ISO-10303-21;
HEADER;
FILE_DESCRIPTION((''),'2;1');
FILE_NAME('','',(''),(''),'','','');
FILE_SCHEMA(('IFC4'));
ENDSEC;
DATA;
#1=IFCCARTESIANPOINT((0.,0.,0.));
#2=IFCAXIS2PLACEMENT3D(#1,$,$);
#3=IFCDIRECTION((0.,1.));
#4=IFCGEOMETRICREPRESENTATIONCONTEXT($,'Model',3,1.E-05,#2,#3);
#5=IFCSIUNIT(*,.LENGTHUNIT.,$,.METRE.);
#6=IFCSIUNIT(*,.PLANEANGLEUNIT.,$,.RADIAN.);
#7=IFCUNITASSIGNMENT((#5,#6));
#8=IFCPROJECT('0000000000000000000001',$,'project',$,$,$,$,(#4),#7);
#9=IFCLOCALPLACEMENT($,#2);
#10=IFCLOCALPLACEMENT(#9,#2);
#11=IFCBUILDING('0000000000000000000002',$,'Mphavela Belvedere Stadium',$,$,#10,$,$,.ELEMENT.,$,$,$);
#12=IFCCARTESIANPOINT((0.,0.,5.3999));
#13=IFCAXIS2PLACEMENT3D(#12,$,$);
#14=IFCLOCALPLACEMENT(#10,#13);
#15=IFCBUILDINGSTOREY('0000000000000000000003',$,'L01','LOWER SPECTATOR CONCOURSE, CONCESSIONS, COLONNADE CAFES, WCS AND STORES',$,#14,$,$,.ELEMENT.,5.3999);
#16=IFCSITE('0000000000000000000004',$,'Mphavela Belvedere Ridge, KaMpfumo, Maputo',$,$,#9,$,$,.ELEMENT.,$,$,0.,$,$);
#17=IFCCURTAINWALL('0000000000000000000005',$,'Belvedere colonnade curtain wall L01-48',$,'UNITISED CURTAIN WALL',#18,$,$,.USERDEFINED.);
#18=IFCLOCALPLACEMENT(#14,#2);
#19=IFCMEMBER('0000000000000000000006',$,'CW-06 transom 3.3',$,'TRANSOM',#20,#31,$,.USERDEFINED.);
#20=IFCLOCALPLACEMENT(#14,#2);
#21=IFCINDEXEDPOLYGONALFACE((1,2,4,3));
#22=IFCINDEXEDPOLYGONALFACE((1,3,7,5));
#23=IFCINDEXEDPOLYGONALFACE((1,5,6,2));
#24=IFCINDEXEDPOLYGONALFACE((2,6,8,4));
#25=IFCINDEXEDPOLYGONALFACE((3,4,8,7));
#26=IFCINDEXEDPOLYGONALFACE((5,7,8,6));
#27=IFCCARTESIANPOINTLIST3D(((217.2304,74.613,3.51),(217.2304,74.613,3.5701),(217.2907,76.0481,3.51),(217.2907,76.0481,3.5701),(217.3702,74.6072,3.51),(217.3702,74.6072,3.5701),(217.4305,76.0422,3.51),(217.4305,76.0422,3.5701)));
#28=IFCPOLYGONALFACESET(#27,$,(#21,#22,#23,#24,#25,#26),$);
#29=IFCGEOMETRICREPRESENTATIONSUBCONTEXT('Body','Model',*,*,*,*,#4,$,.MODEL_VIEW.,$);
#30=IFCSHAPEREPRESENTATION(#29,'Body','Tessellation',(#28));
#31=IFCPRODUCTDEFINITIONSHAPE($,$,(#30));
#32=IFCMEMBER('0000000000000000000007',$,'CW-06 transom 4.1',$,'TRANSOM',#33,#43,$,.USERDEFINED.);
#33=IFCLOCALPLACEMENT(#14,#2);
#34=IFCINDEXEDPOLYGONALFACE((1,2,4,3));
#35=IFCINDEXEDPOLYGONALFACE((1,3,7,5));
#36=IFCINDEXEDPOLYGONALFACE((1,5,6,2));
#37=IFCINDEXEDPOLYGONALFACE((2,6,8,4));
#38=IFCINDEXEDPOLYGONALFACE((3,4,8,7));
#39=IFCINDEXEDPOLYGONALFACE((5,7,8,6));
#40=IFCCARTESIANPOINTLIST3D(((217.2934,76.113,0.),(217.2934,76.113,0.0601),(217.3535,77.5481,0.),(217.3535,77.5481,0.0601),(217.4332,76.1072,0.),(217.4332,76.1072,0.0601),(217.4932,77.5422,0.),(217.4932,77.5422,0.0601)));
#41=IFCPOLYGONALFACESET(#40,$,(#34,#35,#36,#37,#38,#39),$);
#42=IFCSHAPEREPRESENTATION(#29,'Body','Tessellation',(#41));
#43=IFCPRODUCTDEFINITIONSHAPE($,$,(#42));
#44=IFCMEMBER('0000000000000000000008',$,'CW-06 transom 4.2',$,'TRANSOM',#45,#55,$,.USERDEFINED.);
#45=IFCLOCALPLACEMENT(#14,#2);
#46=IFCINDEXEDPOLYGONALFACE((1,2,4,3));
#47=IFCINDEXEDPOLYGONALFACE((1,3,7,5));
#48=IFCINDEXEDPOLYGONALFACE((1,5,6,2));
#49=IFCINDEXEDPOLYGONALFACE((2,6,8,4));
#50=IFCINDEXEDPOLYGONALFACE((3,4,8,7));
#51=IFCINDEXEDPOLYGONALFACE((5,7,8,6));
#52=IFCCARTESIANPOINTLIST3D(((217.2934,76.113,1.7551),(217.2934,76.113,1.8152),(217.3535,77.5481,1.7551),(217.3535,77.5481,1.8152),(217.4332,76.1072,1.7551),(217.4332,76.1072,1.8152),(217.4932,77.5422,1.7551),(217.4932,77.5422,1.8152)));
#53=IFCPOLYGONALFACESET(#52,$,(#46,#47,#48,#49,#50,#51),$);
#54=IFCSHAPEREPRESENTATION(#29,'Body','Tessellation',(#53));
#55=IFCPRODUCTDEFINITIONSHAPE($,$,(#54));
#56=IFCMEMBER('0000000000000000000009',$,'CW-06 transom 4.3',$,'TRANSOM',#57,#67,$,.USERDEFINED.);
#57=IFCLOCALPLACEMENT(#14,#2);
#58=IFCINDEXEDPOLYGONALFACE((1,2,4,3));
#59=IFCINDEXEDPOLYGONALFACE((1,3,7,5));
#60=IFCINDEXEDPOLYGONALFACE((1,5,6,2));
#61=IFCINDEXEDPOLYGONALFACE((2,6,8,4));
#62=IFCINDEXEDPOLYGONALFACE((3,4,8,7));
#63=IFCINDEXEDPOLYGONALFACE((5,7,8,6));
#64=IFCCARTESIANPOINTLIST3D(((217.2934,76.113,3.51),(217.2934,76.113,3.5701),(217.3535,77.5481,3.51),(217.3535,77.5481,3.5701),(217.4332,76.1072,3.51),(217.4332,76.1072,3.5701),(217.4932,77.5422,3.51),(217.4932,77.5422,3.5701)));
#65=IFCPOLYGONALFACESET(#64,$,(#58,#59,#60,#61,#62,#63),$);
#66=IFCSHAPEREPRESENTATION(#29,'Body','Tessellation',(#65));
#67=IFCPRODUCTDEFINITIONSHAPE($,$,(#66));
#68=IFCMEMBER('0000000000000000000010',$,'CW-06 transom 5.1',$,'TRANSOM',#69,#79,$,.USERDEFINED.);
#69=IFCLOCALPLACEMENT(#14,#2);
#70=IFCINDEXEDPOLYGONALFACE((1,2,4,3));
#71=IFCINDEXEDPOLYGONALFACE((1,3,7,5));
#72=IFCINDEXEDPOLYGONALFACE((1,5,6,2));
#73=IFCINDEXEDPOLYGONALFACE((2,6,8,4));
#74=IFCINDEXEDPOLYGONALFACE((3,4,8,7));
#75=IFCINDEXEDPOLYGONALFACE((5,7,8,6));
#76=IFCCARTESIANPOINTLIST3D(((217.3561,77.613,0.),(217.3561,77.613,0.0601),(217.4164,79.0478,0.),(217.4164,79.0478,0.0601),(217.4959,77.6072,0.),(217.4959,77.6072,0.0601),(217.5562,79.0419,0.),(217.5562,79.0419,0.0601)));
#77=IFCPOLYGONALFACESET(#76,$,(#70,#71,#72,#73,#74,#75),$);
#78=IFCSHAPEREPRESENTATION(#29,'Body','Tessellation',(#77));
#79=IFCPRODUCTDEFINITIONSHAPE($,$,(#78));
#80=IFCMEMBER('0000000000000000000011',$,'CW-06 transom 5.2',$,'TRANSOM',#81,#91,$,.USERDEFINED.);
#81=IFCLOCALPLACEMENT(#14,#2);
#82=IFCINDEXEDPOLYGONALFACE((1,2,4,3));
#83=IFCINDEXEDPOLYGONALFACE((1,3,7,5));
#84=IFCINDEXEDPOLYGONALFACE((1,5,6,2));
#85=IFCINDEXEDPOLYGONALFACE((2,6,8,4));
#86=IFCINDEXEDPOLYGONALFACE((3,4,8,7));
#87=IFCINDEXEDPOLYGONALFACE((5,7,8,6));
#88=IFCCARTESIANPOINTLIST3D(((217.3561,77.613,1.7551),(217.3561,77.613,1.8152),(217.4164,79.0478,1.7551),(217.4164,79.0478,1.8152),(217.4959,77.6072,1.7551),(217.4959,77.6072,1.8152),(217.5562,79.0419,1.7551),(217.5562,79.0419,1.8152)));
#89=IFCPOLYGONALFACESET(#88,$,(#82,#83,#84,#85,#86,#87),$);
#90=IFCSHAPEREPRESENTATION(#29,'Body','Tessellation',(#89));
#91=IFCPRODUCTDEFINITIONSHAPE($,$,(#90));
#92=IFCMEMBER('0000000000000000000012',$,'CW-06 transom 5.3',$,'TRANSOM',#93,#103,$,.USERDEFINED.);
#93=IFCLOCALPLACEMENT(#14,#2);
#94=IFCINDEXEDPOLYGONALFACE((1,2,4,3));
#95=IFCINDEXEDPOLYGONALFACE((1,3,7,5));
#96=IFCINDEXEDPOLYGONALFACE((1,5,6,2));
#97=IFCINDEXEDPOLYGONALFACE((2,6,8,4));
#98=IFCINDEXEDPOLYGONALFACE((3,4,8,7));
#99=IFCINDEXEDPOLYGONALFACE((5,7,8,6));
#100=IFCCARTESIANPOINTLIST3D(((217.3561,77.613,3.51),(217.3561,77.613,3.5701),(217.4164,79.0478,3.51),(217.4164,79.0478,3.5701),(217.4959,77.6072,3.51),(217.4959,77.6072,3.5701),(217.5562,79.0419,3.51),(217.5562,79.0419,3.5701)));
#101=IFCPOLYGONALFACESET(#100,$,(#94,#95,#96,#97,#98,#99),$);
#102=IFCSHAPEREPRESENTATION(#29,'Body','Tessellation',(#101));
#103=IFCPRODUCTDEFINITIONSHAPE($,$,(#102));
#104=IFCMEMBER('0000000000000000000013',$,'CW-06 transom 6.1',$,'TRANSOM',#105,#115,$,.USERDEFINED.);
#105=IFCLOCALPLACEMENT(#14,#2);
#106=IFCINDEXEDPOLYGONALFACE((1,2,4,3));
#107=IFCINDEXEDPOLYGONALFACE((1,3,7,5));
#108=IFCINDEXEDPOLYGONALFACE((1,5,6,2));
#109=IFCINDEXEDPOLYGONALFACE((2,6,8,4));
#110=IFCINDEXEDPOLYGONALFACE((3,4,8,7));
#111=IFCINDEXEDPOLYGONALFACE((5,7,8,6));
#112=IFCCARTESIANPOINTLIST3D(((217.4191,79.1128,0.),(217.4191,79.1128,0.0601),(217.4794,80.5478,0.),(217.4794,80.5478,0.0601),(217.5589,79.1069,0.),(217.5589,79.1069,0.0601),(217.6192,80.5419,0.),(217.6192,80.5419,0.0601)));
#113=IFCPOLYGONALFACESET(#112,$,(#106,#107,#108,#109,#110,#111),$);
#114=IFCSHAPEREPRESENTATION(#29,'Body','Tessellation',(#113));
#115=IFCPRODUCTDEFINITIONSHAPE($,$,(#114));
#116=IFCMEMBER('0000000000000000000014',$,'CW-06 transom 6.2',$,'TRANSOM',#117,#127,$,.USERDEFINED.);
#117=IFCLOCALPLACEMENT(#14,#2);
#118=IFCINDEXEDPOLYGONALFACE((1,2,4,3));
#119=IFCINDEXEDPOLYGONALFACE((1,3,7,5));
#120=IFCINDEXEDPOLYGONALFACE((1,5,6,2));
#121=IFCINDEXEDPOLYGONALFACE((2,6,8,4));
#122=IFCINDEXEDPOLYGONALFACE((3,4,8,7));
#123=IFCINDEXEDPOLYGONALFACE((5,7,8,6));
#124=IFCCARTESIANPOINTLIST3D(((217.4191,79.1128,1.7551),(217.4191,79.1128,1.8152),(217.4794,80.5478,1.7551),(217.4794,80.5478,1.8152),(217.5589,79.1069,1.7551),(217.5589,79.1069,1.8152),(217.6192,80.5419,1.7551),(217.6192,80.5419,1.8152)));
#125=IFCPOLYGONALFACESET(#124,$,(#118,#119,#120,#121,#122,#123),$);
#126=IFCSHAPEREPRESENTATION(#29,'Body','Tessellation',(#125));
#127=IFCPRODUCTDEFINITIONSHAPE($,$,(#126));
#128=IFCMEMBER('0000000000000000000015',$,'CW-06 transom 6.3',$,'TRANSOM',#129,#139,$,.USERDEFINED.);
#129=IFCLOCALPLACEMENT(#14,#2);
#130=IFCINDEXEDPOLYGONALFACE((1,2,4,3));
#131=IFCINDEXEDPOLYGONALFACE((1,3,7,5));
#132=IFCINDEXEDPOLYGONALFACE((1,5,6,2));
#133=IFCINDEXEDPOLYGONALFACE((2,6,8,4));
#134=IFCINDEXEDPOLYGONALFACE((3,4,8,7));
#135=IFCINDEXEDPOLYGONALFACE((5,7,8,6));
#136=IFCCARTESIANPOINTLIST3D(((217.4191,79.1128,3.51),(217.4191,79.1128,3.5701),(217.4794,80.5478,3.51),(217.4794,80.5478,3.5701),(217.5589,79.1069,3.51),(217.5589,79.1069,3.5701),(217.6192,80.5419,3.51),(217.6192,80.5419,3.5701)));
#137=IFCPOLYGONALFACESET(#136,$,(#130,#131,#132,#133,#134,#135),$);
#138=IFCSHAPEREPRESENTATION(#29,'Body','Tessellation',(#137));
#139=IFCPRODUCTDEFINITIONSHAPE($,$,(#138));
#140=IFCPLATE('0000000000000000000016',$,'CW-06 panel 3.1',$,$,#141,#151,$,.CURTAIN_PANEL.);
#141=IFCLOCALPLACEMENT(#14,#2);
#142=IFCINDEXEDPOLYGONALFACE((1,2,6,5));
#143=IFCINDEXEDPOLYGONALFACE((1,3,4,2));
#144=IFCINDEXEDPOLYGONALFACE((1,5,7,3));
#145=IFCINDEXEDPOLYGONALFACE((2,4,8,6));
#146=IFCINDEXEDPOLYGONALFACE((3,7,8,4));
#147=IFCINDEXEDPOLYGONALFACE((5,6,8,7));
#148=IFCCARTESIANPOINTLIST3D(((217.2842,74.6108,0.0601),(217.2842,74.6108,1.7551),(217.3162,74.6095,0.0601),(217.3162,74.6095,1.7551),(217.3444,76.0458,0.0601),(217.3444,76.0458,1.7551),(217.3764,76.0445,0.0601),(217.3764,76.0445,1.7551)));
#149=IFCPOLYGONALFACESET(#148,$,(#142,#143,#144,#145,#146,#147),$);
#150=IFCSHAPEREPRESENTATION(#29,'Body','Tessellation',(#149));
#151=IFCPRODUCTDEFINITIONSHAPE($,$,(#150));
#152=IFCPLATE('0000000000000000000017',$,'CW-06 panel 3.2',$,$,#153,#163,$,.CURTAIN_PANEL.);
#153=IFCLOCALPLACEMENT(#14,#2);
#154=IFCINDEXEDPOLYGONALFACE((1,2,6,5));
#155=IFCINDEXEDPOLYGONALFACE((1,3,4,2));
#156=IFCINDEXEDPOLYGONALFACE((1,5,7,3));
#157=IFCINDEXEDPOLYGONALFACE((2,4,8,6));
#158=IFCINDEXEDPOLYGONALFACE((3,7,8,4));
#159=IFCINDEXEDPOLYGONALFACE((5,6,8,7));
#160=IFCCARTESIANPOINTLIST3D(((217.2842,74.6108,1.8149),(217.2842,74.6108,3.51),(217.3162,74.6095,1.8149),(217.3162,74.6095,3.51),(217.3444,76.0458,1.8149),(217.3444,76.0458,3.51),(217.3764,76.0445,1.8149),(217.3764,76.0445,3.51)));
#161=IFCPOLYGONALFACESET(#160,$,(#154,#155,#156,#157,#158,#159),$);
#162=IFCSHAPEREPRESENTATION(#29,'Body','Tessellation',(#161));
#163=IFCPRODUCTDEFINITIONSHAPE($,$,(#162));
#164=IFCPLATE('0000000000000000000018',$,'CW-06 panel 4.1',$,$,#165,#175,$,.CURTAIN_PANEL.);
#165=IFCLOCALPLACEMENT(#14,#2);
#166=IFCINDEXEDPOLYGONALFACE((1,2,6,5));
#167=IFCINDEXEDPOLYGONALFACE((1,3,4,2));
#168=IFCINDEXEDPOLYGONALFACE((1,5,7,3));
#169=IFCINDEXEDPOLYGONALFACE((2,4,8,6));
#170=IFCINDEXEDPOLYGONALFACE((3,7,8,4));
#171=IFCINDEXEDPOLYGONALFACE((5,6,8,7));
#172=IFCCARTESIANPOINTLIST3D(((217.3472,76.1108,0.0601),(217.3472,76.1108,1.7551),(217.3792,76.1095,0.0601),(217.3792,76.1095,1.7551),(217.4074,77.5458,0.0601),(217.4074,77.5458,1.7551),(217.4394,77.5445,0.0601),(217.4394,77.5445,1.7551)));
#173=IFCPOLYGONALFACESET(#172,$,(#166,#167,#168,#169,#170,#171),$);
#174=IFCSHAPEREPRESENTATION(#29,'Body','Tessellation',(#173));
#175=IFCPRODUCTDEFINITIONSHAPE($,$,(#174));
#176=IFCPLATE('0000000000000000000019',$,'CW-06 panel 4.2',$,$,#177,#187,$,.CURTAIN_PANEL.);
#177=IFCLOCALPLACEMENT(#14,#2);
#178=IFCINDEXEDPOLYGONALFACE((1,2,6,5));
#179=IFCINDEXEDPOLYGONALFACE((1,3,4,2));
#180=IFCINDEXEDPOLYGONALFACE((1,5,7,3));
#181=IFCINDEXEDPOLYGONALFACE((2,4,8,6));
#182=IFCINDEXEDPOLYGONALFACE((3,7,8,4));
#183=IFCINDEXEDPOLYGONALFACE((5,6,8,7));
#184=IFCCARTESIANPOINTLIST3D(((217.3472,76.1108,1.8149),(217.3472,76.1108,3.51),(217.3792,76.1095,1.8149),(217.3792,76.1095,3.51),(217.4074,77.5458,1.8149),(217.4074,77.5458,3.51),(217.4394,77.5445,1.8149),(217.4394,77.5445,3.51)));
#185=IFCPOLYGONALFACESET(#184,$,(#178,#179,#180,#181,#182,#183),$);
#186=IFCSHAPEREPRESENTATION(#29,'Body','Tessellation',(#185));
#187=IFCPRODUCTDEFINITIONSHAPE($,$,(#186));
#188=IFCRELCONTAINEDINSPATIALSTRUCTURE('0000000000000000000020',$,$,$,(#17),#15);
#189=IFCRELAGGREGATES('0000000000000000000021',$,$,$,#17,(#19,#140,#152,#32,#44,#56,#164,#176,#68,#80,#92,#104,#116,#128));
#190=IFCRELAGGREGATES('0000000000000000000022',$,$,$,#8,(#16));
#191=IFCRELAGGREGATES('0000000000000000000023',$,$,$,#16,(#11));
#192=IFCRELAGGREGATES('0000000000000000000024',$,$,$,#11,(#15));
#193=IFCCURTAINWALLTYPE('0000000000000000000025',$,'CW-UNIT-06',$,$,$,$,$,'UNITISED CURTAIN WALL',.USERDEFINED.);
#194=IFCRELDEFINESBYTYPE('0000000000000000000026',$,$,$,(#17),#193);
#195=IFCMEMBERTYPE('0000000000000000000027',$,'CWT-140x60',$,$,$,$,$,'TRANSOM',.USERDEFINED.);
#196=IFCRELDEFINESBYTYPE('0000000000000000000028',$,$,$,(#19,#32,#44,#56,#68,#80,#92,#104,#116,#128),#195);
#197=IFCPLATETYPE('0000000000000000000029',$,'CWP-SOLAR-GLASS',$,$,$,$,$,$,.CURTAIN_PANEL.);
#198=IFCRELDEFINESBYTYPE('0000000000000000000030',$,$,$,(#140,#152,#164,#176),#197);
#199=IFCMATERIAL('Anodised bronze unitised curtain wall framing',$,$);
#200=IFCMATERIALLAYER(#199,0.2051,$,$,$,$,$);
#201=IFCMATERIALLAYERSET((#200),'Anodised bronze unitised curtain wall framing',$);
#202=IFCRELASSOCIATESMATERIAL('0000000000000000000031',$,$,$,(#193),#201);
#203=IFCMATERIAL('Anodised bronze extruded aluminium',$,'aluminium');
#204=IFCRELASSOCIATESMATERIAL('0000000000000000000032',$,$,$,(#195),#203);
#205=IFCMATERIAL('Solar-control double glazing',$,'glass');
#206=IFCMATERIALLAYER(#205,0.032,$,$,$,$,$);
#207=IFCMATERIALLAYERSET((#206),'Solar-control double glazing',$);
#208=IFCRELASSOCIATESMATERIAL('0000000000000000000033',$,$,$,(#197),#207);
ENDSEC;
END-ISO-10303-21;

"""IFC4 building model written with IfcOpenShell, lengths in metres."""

from ifc_helpers import new_model, si_unit, direction, frame, origin, origin_2d, place, context, subcontext, project, spatial, rectangle, extrude, material, layer, layer_set, material_profile, profile_set, type_object, element, aggregate, save


model = new_model("IFC4")

# Units and contexts
model_context = context("Model", 3, precision=1e-05, world=origin(), true_north=direction((0.0, 1.0)))
body_context = subcontext(model_context, "Body", "Model", "MODEL_VIEW")
ifc_project = project(units=[si_unit("LENGTHUNIT", "METRE"), si_unit("PLANEANGLEUNIT", "RADIAN")], contexts=[model_context])

# Site, building, storey
site_placement = place(None, origin())
site = spatial("IfcSite", under=ifc_project, at=site_placement, Name="Mphavela Belvedere Ridge, KaMpfumo, Maputo", CompositionType="ELEMENT", RefElevation=0.0)
building_placement = place(site_placement, origin())
building = spatial("IfcBuilding", under=site, at=building_placement, Name="Mphavela Belvedere Stadium", CompositionType="ELEMENT")
storey_placement = place(building_placement, frame((0.0, 0.0, 5.3999)))
storey = spatial("IfcBuildingStorey", under=building, at=storey_placement, Name="L01", Description="LOWER SPECTATOR CONCOURSE, CONCESSIONS, COLONNADE CAFES, WCS AND STORES", CompositionType="ELEMENT", Elevation=5.3999)

# Curtain wall, members, plates
ifc_material_1 = material(Name="Anodised bronze unitised curtain wall framing")
ifc_layer_1 = layer(ifc_material_1, 0.2051)
ifc_layer_set_1 = layer_set([ifc_layer_1], Name="Anodised bronze unitised curtain wall framing")
curtain_wall_type = type_object("IfcCurtainWallType", Name="CW-UNIT-06", ElementType="UNITISED CURTAIN WALL", PredefinedType="USERDEFINED", material=ifc_layer_set_1)
curtain_wall_placement = place(storey_placement, origin())
curtain_wall = element("IfcCurtainWall", 1, at=curtain_wall_placement, inside=storey, type_object=curtain_wall_type, Name="Belvedere colonnade curtain wall L01-48", ObjectType="UNITISED CURTAIN WALL", PredefinedType="USERDEFINED")
ifc_material_2 = material(Name="Anodised bronze extruded aluminium", Category="aluminium")
ifc_material_profile_1 = material_profile(ifc_material_2, rectangle(XDim=0.1399, YDim=0.0601, at=origin_2d()), Name="CW-TRN 140x60")
ifc_profile_set_1 = profile_set([ifc_material_profile_1], Name="Anodised bronze extruded aluminium")
member_type_1 = type_object("IfcMemberType", Name="CWT-140x60", ElementType="TRANSOM", PredefinedType="USERDEFINED", material=ifc_profile_set_1)
member_1_placement = place(storey_placement, frame((217.3003, 74.6101, 3.54), z_axis=(0.041984, 0.999118, 0.0), x_axis=(-0.999118, 0.041984, 0.0)))
member_1 = element("IfcMember", 2, at=member_1_placement, type_object=member_type_1, Name="CW-06 transom 3.3", ObjectType="TRANSOM", PredefinedType="USERDEFINED", context=body_context, shape_type="SweptSolid", body=[
    extrude(rectangle(XDim=0.1399, YDim=0.0601, at=origin_2d()), origin(), (0.0, 0.0, 1.0), 1.4363),
])
member_2_placement = place(storey_placement, frame((217.3633, 76.1101, 0.03), z_axis=(0.041814, 0.999125, 0.0), x_axis=(-0.999125, 0.041814, 0.0)))
member_2 = element("IfcMember", 3, at=member_2_placement, type_object=member_type_1, Name="CW-06 transom 4.1", ObjectType="TRANSOM", PredefinedType="USERDEFINED", context=body_context, shape_type="SweptSolid", body=[
    extrude(rectangle(XDim=0.1399, YDim=0.0601, at=origin_2d()), origin(), (0.0, 0.0, 1.0), 1.4363),
])
member_3_placement = place(storey_placement, frame((217.3633, 76.1101, 1.7852), z_axis=(0.041814, 0.999125, 0.0), x_axis=(-0.999125, 0.041814, 0.0)))
member_3 = element("IfcMember", 4, at=member_3_placement, type_object=member_type_1, Name="CW-06 transom 4.2", ObjectType="TRANSOM", PredefinedType="USERDEFINED", context=body_context, shape_type="SweptSolid", body=[
    extrude(rectangle(XDim=0.1399, YDim=0.0601, at=origin_2d()), origin(), (0.0, 0.0, 1.0), 1.4363),
])
member_4_placement = place(storey_placement, frame((217.3633, 76.1101, 3.54), z_axis=(0.041814, 0.999125, 0.0), x_axis=(-0.999125, 0.041814, 0.0)))
member_4 = element("IfcMember", 5, at=member_4_placement, type_object=member_type_1, Name="CW-06 transom 4.3", ObjectType="TRANSOM", PredefinedType="USERDEFINED", context=body_context, shape_type="SweptSolid", body=[
    extrude(rectangle(XDim=0.1399, YDim=0.0601, at=origin_2d()), origin(), (0.0, 0.0, 1.0), 1.4363),
])
member_5_placement = place(storey_placement, frame((217.426, 77.6101, 0.03), z_axis=(0.041991, 0.999118, 0.0), x_axis=(-0.999118, 0.041991, 0.0)))
member_5 = element("IfcMember", 6, at=member_5_placement, type_object=member_type_1, Name="CW-06 transom 5.1", ObjectType="TRANSOM", PredefinedType="USERDEFINED", context=body_context, shape_type="SweptSolid", body=[
    extrude(rectangle(XDim=0.1399, YDim=0.0601, at=origin_2d()), origin(), (0.0, 0.0, 1.0), 1.436),
])
member_6_placement = place(storey_placement, frame((217.426, 77.6101, 1.7852), z_axis=(0.041991, 0.999118, 0.0), x_axis=(-0.999118, 0.041991, 0.0)))
member_6 = element("IfcMember", 7, at=member_6_placement, type_object=member_type_1, Name="CW-06 transom 5.2", ObjectType="TRANSOM", PredefinedType="USERDEFINED", context=body_context, shape_type="SweptSolid", body=[
    extrude(rectangle(XDim=0.1399, YDim=0.0601, at=origin_2d()), origin(), (0.0, 0.0, 1.0), 1.436),
])
member_7_placement = place(storey_placement, frame((217.426, 77.6101, 3.54), z_axis=(0.041991, 0.999118, 0.0), x_axis=(-0.999118, 0.041991, 0.0)))
member_7 = element("IfcMember", 8, at=member_7_placement, type_object=member_type_1, Name="CW-06 transom 5.3", ObjectType="TRANSOM", PredefinedType="USERDEFINED", context=body_context, shape_type="SweptSolid", body=[
    extrude(rectangle(XDim=0.1399, YDim=0.0601, at=origin_2d()), origin(), (0.0, 0.0, 1.0), 1.436),
])
member_8_placement = place(storey_placement, frame((217.489, 79.1099, 0.03), z_axis=(0.041984, 0.999118, 0.0), x_axis=(-0.999118, 0.041984, 0.0)))
member_8 = element("IfcMember", 9, at=member_8_placement, type_object=member_type_1, Name="CW-06 transom 6.1", ObjectType="TRANSOM", PredefinedType="USERDEFINED", context=body_context, shape_type="SweptSolid", body=[
    extrude(rectangle(XDim=0.1399, YDim=0.0601, at=origin_2d()), origin(), (0.0, 0.0, 1.0), 1.4363),
])
member_9_placement = place(storey_placement, frame((217.489, 79.1099, 1.7852), z_axis=(0.041984, 0.999118, 0.0), x_axis=(-0.999118, 0.041984, 0.0)))
member_9 = element("IfcMember", 10, at=member_9_placement, type_object=member_type_1, Name="CW-06 transom 6.2", ObjectType="TRANSOM", PredefinedType="USERDEFINED", context=body_context, shape_type="SweptSolid", body=[
    extrude(rectangle(XDim=0.1399, YDim=0.0601, at=origin_2d()), origin(), (0.0, 0.0, 1.0), 1.4363),
])
member_10_placement = place(storey_placement, frame((217.489, 79.1099, 3.54), z_axis=(0.041984, 0.999118, 0.0), x_axis=(-0.999118, 0.041984, 0.0)))
member_10 = element("IfcMember", 11, at=member_10_placement, type_object=member_type_1, Name="CW-06 transom 6.3", ObjectType="TRANSOM", PredefinedType="USERDEFINED", context=body_context, shape_type="SweptSolid", body=[
    extrude(rectangle(XDim=0.1399, YDim=0.0601, at=origin_2d()), origin(), (0.0, 0.0, 1.0), 1.4363),
])
ifc_material_3 = material(Name="Solar-control double glazing", Category="glass")
ifc_layer_2 = layer(ifc_material_3, 0.032)
ifc_layer_set_2 = layer_set([ifc_layer_2], Name="Solar-control double glazing")
plate_type = type_object("IfcPlateType", Name="CWP-SOLAR-GLASS", PredefinedType="CURTAIN_PANEL", material=ifc_layer_set_2)
plate_1_placement = place(storey_placement, frame((217.3303, 75.3276, 0.0601), z_axis=(0.0, 0.0, 1.0), x_axis=(0.04191, 0.999121, 0.0)))
plate_1 = element("IfcPlate", 12, at=plate_1_placement, type_object=plate_type, Name="CW-06 panel 3.1", PredefinedType="CURTAIN_PANEL", context=body_context, shape_type="SweptSolid", body=[
    extrude(rectangle(XDim=1.4363, YDim=0.032, at=origin_2d()), origin(), (0.0, 0.0, 1.0), 1.6951),
])
plate_2_placement = place(storey_placement, frame((217.3303, 75.3276, 1.8149), z_axis=(0.0, 0.0, 1.0), x_axis=(0.04191, 0.999121, 0.0)))
plate_2 = element("IfcPlate", 13, at=plate_2_placement, type_object=plate_type, Name="CW-06 panel 3.2", PredefinedType="CURTAIN_PANEL", context=body_context, shape_type="SweptSolid", body=[
    extrude(rectangle(XDim=1.4363, YDim=0.032, at=origin_2d()), origin(), (0.0, 0.0, 1.0), 1.6951),
])
plate_3_placement = place(storey_placement, frame((217.3933, 76.8276, 0.0601), z_axis=(0.0, 0.0, 1.0), x_axis=(0.04191, 0.999121, 0.0)))
plate_3 = element("IfcPlate", 14, at=plate_3_placement, type_object=plate_type, Name="CW-06 panel 4.1", PredefinedType="CURTAIN_PANEL", context=body_context, shape_type="SweptSolid", body=[
    extrude(rectangle(XDim=1.4363, YDim=0.032, at=origin_2d()), origin(), (0.0, 0.0, 1.0), 1.6951),
])
plate_4_placement = place(storey_placement, frame((217.3933, 76.8276, 1.8149), z_axis=(0.0, 0.0, 1.0), x_axis=(0.04191, 0.999121, 0.0)))
plate_4 = element("IfcPlate", 15, at=plate_4_placement, type_object=plate_type, Name="CW-06 panel 4.2", PredefinedType="CURTAIN_PANEL", context=body_context, shape_type="SweptSolid", body=[
    extrude(rectangle(XDim=1.4363, YDim=0.032, at=origin_2d()), origin(), (0.0, 0.0, 1.0), 1.6951),
])
aggregate(curtain_wall, [member_1, plate_1, plate_2, member_2, member_3, member_4, plate_3, plate_4, member_5, member_6, member_7, member_8, member_9, member_10])

save(model, "model.ifc")
